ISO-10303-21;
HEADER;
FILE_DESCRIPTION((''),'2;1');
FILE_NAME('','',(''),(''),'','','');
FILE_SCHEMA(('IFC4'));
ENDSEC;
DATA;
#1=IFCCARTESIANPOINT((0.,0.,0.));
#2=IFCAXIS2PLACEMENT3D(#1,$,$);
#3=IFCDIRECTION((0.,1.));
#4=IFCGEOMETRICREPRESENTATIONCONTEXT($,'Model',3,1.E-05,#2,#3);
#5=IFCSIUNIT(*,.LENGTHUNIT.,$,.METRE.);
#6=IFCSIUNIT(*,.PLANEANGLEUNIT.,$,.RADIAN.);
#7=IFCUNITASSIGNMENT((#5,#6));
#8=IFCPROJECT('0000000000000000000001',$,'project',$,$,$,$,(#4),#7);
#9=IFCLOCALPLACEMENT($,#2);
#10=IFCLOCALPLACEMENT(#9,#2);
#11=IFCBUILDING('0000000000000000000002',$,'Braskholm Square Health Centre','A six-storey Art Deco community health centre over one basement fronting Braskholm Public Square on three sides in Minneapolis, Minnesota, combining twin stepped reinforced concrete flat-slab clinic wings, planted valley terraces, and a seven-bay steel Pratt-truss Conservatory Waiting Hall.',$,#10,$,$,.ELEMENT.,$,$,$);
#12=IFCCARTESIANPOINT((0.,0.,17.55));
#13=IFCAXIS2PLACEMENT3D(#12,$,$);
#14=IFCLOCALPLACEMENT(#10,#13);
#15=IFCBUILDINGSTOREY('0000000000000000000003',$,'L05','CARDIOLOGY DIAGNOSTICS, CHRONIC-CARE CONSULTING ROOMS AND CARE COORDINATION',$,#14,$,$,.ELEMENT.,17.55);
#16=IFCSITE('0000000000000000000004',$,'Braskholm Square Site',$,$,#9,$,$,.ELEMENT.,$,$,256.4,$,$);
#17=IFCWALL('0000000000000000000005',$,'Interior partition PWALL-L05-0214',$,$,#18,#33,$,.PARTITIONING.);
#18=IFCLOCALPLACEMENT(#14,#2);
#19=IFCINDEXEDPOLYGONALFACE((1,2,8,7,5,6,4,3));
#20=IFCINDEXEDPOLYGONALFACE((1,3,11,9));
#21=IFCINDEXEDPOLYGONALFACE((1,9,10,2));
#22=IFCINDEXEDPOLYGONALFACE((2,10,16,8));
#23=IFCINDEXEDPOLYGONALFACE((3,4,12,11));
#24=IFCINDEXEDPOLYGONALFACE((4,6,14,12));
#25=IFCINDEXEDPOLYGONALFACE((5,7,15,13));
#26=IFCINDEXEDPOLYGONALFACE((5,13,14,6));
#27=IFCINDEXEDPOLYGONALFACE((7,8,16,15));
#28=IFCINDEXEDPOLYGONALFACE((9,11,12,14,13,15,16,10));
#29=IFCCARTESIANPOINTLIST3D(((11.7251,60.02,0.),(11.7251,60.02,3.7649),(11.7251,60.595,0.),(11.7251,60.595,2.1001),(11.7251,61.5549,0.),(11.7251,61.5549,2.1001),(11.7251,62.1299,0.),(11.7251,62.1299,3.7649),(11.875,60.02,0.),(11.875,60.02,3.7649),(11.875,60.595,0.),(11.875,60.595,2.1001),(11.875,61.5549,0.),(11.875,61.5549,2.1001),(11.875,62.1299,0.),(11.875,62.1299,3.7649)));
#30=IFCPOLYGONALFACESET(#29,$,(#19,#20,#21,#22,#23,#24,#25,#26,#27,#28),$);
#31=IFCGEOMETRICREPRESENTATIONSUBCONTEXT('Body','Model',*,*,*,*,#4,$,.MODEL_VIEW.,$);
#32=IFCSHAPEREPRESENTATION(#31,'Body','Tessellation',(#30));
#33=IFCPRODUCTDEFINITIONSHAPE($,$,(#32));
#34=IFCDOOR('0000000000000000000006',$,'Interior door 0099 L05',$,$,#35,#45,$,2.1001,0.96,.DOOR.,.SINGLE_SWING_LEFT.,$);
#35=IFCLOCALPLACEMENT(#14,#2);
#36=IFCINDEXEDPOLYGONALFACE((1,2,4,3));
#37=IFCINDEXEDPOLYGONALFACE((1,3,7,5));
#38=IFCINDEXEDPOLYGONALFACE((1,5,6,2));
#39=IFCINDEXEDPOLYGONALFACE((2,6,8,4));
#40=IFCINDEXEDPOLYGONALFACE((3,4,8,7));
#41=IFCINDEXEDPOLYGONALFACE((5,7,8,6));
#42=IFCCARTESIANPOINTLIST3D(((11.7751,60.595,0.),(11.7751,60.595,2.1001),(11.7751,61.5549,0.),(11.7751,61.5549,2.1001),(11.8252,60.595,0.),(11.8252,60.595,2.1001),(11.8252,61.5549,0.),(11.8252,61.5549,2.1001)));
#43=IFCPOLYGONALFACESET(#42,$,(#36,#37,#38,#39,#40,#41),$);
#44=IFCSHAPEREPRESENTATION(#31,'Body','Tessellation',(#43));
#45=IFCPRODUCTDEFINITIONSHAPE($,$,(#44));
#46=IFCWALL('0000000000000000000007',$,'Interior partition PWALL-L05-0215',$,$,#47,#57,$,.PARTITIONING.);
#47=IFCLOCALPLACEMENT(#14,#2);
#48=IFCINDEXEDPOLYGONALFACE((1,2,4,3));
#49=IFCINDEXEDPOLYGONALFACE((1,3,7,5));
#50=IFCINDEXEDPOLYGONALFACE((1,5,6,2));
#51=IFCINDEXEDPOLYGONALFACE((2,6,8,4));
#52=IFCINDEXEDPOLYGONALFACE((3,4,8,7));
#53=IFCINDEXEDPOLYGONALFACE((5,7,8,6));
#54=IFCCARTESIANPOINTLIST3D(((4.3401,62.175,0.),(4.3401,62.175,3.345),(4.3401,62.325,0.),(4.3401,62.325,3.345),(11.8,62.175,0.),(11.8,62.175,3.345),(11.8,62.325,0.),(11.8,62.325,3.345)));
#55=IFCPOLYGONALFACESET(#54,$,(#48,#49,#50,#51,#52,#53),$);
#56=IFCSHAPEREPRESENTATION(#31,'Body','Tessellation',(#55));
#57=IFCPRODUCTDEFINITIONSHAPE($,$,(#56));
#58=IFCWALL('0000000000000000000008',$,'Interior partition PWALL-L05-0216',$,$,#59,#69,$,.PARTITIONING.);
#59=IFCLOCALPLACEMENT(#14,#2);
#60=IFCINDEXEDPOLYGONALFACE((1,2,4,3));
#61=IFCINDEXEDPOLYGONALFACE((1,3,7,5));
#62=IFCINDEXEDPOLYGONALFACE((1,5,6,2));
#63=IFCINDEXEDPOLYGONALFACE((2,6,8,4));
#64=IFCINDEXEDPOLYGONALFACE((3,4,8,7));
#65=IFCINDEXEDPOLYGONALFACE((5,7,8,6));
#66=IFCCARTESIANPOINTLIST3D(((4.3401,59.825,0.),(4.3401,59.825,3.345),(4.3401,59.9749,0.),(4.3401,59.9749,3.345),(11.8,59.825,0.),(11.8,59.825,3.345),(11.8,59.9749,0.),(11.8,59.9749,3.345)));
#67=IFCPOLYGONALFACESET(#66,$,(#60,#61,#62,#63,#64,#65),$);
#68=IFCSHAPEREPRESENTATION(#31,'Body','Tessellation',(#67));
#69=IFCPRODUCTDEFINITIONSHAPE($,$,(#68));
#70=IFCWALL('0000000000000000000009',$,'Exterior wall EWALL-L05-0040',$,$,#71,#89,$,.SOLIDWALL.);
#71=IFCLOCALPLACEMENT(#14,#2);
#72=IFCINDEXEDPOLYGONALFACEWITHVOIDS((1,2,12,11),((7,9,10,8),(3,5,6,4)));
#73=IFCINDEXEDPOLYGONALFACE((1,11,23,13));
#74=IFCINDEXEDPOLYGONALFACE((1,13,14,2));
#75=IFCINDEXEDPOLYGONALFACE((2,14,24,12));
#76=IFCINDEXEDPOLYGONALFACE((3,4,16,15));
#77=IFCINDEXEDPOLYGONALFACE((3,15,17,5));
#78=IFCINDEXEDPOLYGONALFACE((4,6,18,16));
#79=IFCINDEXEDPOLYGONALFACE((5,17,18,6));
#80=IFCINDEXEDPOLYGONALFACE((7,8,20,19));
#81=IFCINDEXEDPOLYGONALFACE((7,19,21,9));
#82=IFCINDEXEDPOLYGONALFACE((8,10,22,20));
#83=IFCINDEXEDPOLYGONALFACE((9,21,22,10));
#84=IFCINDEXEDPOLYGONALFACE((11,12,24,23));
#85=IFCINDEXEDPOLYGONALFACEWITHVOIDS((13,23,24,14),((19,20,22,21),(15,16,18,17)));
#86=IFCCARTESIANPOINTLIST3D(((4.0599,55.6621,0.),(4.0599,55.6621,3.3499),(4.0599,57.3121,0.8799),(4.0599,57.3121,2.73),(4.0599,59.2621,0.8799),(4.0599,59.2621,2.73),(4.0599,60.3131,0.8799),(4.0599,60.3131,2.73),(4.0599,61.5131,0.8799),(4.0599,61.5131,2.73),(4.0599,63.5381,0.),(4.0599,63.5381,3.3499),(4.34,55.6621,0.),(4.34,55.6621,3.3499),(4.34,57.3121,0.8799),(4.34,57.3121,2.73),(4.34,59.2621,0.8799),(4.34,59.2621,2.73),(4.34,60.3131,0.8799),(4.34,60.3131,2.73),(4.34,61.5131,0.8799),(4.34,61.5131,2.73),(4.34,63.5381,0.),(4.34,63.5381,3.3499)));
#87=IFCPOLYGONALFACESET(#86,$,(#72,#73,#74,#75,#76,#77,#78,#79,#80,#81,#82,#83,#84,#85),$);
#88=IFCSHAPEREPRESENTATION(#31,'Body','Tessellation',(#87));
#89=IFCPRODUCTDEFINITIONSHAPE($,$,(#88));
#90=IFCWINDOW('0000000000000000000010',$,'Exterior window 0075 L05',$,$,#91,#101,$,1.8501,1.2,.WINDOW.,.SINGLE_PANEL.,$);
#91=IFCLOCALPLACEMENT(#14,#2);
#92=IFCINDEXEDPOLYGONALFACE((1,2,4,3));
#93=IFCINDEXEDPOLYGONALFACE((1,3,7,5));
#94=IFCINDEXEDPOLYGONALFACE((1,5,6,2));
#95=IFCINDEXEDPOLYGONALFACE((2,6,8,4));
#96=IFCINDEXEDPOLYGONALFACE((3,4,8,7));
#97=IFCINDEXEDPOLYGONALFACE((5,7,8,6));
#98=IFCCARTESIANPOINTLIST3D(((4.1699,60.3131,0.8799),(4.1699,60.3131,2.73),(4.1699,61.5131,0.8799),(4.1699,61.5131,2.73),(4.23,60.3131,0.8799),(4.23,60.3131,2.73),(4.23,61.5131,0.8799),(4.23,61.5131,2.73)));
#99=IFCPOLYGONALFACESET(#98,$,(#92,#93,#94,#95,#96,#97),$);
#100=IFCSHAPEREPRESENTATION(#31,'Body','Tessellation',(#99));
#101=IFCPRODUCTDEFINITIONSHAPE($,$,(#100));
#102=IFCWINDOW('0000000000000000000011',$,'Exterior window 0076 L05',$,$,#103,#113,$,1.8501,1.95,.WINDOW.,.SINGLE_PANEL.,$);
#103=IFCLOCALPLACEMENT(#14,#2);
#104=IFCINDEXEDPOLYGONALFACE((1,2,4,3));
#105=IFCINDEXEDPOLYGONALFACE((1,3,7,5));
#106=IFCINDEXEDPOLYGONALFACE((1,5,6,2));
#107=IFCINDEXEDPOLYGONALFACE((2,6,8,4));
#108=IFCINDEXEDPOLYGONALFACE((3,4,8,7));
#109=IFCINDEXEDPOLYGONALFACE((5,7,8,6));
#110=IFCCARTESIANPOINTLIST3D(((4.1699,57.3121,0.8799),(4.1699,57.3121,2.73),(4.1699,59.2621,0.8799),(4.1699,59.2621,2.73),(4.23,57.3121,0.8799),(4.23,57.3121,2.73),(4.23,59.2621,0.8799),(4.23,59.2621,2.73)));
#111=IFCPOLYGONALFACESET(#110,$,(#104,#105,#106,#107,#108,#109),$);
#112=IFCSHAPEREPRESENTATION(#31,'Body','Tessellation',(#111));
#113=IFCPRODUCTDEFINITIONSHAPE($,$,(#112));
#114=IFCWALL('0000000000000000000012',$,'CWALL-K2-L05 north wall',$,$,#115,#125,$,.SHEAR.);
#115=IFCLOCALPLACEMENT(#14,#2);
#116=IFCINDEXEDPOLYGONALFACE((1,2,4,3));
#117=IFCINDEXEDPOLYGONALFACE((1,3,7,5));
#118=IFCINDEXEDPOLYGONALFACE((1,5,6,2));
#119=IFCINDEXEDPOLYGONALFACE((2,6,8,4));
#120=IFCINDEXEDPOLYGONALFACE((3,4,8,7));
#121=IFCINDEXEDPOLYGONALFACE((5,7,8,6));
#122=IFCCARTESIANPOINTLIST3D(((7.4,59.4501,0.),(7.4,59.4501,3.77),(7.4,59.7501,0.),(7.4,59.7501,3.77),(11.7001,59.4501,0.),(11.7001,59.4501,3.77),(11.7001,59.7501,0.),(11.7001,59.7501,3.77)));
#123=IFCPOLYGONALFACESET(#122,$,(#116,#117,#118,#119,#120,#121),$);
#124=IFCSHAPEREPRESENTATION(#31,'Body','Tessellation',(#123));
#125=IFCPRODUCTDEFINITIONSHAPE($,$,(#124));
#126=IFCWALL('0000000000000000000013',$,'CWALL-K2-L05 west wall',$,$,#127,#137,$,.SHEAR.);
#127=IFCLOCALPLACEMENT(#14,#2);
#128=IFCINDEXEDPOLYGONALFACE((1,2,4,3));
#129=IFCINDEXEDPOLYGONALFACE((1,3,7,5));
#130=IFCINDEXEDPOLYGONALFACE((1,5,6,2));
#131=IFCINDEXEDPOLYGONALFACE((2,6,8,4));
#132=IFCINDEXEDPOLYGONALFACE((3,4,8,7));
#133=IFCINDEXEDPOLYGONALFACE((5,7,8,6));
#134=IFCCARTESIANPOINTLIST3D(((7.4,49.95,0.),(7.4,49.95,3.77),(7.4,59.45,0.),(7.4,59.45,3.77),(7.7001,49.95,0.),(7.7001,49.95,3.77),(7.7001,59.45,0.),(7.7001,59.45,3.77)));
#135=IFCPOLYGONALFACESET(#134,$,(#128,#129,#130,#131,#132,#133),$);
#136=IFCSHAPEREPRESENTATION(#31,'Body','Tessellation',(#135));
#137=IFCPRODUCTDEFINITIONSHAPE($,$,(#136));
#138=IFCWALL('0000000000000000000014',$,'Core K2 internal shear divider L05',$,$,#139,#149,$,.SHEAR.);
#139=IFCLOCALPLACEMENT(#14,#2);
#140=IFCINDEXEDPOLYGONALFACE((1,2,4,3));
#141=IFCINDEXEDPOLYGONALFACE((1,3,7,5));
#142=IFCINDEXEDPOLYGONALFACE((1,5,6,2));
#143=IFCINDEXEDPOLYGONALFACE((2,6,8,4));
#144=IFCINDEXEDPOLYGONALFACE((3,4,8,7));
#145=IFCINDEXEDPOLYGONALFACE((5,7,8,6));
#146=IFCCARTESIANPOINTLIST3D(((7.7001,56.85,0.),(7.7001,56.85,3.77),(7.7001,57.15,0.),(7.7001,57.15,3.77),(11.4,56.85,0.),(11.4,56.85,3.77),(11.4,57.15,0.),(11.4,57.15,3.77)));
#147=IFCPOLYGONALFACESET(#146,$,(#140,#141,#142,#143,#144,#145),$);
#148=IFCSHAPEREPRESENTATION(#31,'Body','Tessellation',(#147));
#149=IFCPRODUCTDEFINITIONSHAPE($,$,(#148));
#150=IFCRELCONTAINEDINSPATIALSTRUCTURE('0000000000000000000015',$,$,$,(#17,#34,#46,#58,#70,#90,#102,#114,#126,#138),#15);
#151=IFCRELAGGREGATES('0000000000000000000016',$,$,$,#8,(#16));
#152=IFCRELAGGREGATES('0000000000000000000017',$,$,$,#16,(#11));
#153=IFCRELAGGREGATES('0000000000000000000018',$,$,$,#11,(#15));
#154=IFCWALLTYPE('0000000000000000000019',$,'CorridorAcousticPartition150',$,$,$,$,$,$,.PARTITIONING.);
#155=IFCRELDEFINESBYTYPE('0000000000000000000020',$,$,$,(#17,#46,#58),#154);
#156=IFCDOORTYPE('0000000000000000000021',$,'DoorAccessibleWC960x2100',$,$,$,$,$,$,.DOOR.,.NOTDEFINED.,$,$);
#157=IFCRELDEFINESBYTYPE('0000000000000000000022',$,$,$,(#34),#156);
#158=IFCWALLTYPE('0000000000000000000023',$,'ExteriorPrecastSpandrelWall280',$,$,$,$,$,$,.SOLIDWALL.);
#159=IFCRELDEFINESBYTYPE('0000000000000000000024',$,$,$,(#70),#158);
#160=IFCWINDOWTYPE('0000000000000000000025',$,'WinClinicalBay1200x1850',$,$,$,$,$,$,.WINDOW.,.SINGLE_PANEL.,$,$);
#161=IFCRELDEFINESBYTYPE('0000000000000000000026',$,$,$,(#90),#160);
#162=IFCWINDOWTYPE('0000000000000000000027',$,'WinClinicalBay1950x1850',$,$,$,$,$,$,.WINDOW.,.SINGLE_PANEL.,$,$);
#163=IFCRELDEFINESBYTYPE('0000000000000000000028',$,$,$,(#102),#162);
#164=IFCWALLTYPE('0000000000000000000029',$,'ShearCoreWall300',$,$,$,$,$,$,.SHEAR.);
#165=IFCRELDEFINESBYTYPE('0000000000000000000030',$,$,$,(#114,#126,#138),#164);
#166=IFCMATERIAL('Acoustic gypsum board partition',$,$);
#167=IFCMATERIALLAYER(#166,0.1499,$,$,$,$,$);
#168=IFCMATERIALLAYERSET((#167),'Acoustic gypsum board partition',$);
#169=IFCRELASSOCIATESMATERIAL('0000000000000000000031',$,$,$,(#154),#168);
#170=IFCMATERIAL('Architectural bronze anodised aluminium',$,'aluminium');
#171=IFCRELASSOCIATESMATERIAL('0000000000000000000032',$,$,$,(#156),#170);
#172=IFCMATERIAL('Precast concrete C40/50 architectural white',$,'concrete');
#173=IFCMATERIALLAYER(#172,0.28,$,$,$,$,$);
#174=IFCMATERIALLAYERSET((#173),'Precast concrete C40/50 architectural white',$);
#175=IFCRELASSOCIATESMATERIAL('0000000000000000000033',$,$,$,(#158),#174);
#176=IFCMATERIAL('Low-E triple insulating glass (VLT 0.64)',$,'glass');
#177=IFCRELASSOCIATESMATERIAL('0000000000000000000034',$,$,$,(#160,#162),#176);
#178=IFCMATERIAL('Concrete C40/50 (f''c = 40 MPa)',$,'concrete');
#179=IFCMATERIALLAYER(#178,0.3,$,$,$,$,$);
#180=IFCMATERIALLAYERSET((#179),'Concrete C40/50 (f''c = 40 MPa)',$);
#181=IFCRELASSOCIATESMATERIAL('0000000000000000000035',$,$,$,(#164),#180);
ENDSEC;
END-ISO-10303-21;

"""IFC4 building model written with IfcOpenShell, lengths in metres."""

from ifc_helpers import new_model, si_unit, direction, frame, frame_2d, origin, origin_with_axes, place, context, subcontext, project, spatial, rectangle, extrude, material, layer, layer_set, type_object, element, fill, save


model = new_model("IFC4")

# Units and contexts
model_context = context("Model", 3, precision=1e-05, world=origin(), true_north=direction((0.0, 1.0)))
body_context = subcontext(model_context, "Body", "Model", "MODEL_VIEW")
ifc_project = project(units=[si_unit("LENGTHUNIT", "METRE"), si_unit("PLANEANGLEUNIT", "RADIAN")], contexts=[model_context])

# Site, building, storey
site_placement = place(None, origin())
site = spatial("IfcSite", under=ifc_project, at=site_placement, Name="Braskholm Square Site", CompositionType="ELEMENT", RefElevation=256.4)
building_placement = place(site_placement, origin())
building = spatial("IfcBuilding", under=site, at=building_placement, Name="Braskholm Square Health Centre", Description="A six-storey Art Deco community health centre over one basement fronting Braskholm Public Square on three sides in Minneapolis, Minnesota, combining twin stepped reinforced concrete flat-slab clinic wings, planted valley terraces, and a seven-bay steel Pratt-truss Conservatory Waiting Hall.", CompositionType="ELEMENT")
storey_placement = place(building_placement, frame((0.0, 0.0, 17.55)))
storey = spatial("IfcBuildingStorey", under=building, at=storey_placement, Name="L05", Description="CARDIOLOGY DIAGNOSTICS, CHRONIC-CARE CONSULTING ROOMS AND CARE COORDINATION", CompositionType="ELEMENT", Elevation=17.55)

# Shared definitions
ifc_material_1 = material(Name="Concrete C40/50 (f'c = 40 MPa)", Category="concrete")
ifc_material_2 = material(Name="Precast concrete C40/50 architectural white", Category="concrete")

# Shared definitions
ifc_material_3 = material(Name="Acoustic gypsum board partition")
ifc_material_4 = material(Name="Architectural bronze anodised aluminium", Category="aluminium")

# Wall, opening, door
ifc_layer_1 = layer(ifc_material_3, 0.1499)
ifc_layer_set_1 = layer_set([ifc_layer_1], Name="Acoustic gypsum board partition")
wall_type_1 = type_object("IfcWallType", Name="CorridorAcousticPartition150", PredefinedType="PARTITIONING", material=ifc_layer_set_1)
wall_1_placement = place(storey_placement, frame((11.8, 60.02, 0.0), z_axis=(0.0, 0.0, 1.0), x_axis=(0.0, 1.0, 0.0)))
wall_1 = element("IfcWall", 1, at=wall_1_placement, inside=storey, type_object=wall_type_1, Name="Interior partition PWALL-L05-0214", PredefinedType="PARTITIONING", context=body_context, shape_type="SweptSolid", body=[
    extrude(rectangle(XDim=2.1099, YDim=0.1499, at=frame_2d((1.0549, 0.0))), origin(), (0.0, 0.0, 1.0), 3.7649),
])
opening_1_placement = place(wall_1_placement, frame((0.575, 0.0, 0.0)))
opening_1 = element("IfcOpeningElement", 2, at=opening_1_placement, cuts=wall_1, PredefinedType="OPENING", context=body_context, shape_type="SweptSolid", body=[
    extrude(rectangle(XDim=0.96, YDim=2.1001, at=frame_2d((0.48, 1.05))), frame((0.0, 0.085, 0.0), z_axis=(0.0, -1.0, 0.0), x_axis=(1.0, 0.0, 0.0)), (0.0, 0.0, 1.0), 0.1699),
])
door_type_1 = type_object("IfcDoorType", Name="DoorAccessibleWC960x2100", OperationType="NOTDEFINED", PredefinedType="DOOR", material=ifc_material_4)
door_1_placement = place(opening_1_placement, origin_with_axes())
door_1 = element("IfcDoor", 3, at=door_1_placement, inside=storey, type_object=door_type_1, Name="Interior door 0099 L05", OperationType="SINGLE_SWING_LEFT", OverallHeight=2.1001, OverallWidth=0.96, PredefinedType="DOOR", context=body_context, shape_type="SweptSolid", body=[
    extrude(rectangle(XDim=0.96, YDim=2.1001, at=frame_2d((0.48, 1.05))), frame((0.0, 0.0249, 0.0), z_axis=(0.0, -1.0, 0.0), x_axis=(1.0, 0.0, 0.0)), (0.0, 0.0, 1.0), 0.05),
])
fill(opening_1, door_1)

# Walls
for number, where, z_axis, x_axis, name in (
    (4, (4.3401, 62.25, 0.0), (0.0, 0.0, 1.0), (1.0, 0.0, 0.0), "Interior partition PWALL-L05-0215"),
    (5, (4.3401, 59.8999, 0.0), (0.0, 0.0, 1.0), (1.0, 0.0, 0.0), "Interior partition PWALL-L05-0216"),
):
    element("IfcWall", number, at=place(storey_placement, frame(where, z_axis=z_axis, x_axis=x_axis)), inside=storey, type_object=wall_type_1, Name=name, PredefinedType="PARTITIONING", context=body_context, shape_type="SweptSolid", body=[
        extrude(rectangle(XDim=7.46, YDim=0.1499, at=frame_2d((3.73, 0.0))), origin(), (0.0, 0.0, 1.0), 3.345),
    ])

# Wall, openings, windows
ifc_layer_2 = layer(ifc_material_2, 0.28)
ifc_layer_set_2 = layer_set([ifc_layer_2], Name="Precast concrete C40/50 architectural white")
wall_type_2 = type_object("IfcWallType", Name="ExteriorPrecastSpandrelWall280", PredefinedType="SOLIDWALL", material=ifc_layer_set_2)
wall_2_placement = place(storey_placement, frame((4.2, 63.5381, 0.0), z_axis=(0.0, 0.0, 1.0), x_axis=(0.0, -1.0, 0.0)))
wall_2 = element("IfcWall", 6, at=wall_2_placement, inside=storey, type_object=wall_type_2, Name="Exterior wall EWALL-L05-0040", PredefinedType="SOLIDWALL", context=body_context, shape_type="SweptSolid", body=[
    extrude(rectangle(XDim=7.876, YDim=0.28, at=frame_2d((3.938, 0.0))), origin(), (0.0, 0.0, 1.0), 3.3499),
])
opening_2_placement = place(wall_2_placement, frame((2.0249, 0.0, 0.8799)))
opening_2 = element("IfcOpeningElement", 7, at=opening_2_placement, cuts=wall_2, PredefinedType="OPENING", context=body_context, shape_type="SweptSolid", body=[
    extrude(rectangle(XDim=1.2, YDim=1.8501, at=frame_2d((0.6001, 0.925))), frame((0.0, 0.1499, 0.0), z_axis=(0.0, -1.0, 0.0), x_axis=(1.0, 0.0, 0.0)), (0.0, 0.0, 1.0), 0.3),
])
opening_3_placement = place(wall_2_placement, frame((4.2759, 0.0, 0.8799)))
opening_3 = element("IfcOpeningElement", 8, at=opening_3_placement, cuts=wall_2, PredefinedType="OPENING", context=body_context, shape_type="SweptSolid", body=[
    extrude(rectangle(XDim=1.95, YDim=1.8501, at=frame_2d((0.9751, 0.925))), frame((0.0, 0.1499, 0.0), z_axis=(0.0, -1.0, 0.0), x_axis=(1.0, 0.0, 0.0)), (0.0, 0.0, 1.0), 0.3),
])
ifc_material_5 = material(Name="Low-E triple insulating glass (VLT 0.64)", Category="glass")
window_type_1 = type_object("IfcWindowType", Name="WinClinicalBay1200x1850", PartitioningType="SINGLE_PANEL", PredefinedType="WINDOW", material=ifc_material_5)
window_1_placement = place(opening_2_placement, origin_with_axes())
window_1 = element("IfcWindow", 9, at=window_1_placement, inside=storey, type_object=window_type_1, Name="Exterior window 0075 L05", OverallHeight=1.8501, OverallWidth=1.2, PartitioningType="SINGLE_PANEL", PredefinedType="WINDOW", context=body_context, shape_type="SweptSolid", body=[
    extrude(rectangle(XDim=1.2, YDim=1.8501, at=frame_2d((0.6001, 0.925))), frame((0.0, 0.03, 0.0), z_axis=(0.0, -1.0, 0.0), x_axis=(1.0, 0.0, 0.0)), (0.0, 0.0, 1.0), 0.0601),
])
fill(opening_2, window_1)
window_type_2 = type_object("IfcWindowType", Name="WinClinicalBay1950x1850", PartitioningType="SINGLE_PANEL", PredefinedType="WINDOW", material=ifc_material_5)
window_2_placement = place(opening_3_placement, origin_with_axes())
window_2 = element("IfcWindow", 10, at=window_2_placement, inside=storey, type_object=window_type_2, Name="Exterior window 0076 L05", OverallHeight=1.8501, OverallWidth=1.95, PartitioningType="SINGLE_PANEL", PredefinedType="WINDOW", context=body_context, shape_type="SweptSolid", body=[
    extrude(rectangle(XDim=1.95, YDim=1.8501, at=frame_2d((0.9751, 0.925))), frame((0.0, 0.03, 0.0), z_axis=(0.0, -1.0, 0.0), x_axis=(1.0, 0.0, 0.0)), (0.0, 0.0, 1.0), 0.0601),
])
fill(opening_3, window_2)

# Walls
ifc_layer_3 = layer(ifc_material_1, 0.3)
ifc_layer_set_3 = layer_set([ifc_layer_3], Name="Concrete C40/50 (f'c = 40 MPa)")
wall_type_3 = type_object("IfcWallType", Name="ShearCoreWall300", PredefinedType="SHEAR", material=ifc_layer_set_3)
wall_3_placement = place(storey_placement, frame((11.7, 59.6001, 0.0), z_axis=(0.0, 0.0, 1.0), x_axis=(-1.0, 0.0, 0.0)))
element("IfcWall", 11, at=wall_3_placement, inside=storey, type_object=wall_type_3, Name="CWALL-K2-L05 north wall", PredefinedType="SHEAR", context=body_context, shape_type="SweptSolid", body=[
    extrude(rectangle(XDim=4.3, YDim=0.3, at=frame_2d((2.1499, 0.0))), origin(), (0.0, 0.0, 1.0), 3.77),
])
wall_4_placement = place(storey_placement, frame((7.55, 59.45, 0.0), z_axis=(0.0, 0.0, 1.0), x_axis=(0.0, -1.0, 0.0)))
element("IfcWall", 12, at=wall_4_placement, inside=storey, type_object=wall_type_3, Name="CWALL-K2-L05 west wall", PredefinedType="SHEAR", context=body_context, shape_type="SweptSolid", body=[
    extrude(rectangle(XDim=9.5, YDim=0.3, at=frame_2d((4.75, 0.0))), origin(), (0.0, 0.0, 1.0), 3.77),
])
wall_5_placement = place(storey_placement, frame((7.7, 57.0, 0.0), z_axis=(0.0, 0.0, 1.0), x_axis=(1.0, 0.0, 0.0)))
element("IfcWall", 13, at=wall_5_placement, inside=storey, type_object=wall_type_3, Name="Core K2 internal shear divider L05", PredefinedType="SHEAR", context=body_context, shape_type="SweptSolid", body=[
    extrude(rectangle(XDim=3.7, YDim=0.3, at=frame_2d((1.8501, 0.0))), origin(), (0.0, 0.0, 1.0), 3.77),
])

save(model, "model.ifc")
